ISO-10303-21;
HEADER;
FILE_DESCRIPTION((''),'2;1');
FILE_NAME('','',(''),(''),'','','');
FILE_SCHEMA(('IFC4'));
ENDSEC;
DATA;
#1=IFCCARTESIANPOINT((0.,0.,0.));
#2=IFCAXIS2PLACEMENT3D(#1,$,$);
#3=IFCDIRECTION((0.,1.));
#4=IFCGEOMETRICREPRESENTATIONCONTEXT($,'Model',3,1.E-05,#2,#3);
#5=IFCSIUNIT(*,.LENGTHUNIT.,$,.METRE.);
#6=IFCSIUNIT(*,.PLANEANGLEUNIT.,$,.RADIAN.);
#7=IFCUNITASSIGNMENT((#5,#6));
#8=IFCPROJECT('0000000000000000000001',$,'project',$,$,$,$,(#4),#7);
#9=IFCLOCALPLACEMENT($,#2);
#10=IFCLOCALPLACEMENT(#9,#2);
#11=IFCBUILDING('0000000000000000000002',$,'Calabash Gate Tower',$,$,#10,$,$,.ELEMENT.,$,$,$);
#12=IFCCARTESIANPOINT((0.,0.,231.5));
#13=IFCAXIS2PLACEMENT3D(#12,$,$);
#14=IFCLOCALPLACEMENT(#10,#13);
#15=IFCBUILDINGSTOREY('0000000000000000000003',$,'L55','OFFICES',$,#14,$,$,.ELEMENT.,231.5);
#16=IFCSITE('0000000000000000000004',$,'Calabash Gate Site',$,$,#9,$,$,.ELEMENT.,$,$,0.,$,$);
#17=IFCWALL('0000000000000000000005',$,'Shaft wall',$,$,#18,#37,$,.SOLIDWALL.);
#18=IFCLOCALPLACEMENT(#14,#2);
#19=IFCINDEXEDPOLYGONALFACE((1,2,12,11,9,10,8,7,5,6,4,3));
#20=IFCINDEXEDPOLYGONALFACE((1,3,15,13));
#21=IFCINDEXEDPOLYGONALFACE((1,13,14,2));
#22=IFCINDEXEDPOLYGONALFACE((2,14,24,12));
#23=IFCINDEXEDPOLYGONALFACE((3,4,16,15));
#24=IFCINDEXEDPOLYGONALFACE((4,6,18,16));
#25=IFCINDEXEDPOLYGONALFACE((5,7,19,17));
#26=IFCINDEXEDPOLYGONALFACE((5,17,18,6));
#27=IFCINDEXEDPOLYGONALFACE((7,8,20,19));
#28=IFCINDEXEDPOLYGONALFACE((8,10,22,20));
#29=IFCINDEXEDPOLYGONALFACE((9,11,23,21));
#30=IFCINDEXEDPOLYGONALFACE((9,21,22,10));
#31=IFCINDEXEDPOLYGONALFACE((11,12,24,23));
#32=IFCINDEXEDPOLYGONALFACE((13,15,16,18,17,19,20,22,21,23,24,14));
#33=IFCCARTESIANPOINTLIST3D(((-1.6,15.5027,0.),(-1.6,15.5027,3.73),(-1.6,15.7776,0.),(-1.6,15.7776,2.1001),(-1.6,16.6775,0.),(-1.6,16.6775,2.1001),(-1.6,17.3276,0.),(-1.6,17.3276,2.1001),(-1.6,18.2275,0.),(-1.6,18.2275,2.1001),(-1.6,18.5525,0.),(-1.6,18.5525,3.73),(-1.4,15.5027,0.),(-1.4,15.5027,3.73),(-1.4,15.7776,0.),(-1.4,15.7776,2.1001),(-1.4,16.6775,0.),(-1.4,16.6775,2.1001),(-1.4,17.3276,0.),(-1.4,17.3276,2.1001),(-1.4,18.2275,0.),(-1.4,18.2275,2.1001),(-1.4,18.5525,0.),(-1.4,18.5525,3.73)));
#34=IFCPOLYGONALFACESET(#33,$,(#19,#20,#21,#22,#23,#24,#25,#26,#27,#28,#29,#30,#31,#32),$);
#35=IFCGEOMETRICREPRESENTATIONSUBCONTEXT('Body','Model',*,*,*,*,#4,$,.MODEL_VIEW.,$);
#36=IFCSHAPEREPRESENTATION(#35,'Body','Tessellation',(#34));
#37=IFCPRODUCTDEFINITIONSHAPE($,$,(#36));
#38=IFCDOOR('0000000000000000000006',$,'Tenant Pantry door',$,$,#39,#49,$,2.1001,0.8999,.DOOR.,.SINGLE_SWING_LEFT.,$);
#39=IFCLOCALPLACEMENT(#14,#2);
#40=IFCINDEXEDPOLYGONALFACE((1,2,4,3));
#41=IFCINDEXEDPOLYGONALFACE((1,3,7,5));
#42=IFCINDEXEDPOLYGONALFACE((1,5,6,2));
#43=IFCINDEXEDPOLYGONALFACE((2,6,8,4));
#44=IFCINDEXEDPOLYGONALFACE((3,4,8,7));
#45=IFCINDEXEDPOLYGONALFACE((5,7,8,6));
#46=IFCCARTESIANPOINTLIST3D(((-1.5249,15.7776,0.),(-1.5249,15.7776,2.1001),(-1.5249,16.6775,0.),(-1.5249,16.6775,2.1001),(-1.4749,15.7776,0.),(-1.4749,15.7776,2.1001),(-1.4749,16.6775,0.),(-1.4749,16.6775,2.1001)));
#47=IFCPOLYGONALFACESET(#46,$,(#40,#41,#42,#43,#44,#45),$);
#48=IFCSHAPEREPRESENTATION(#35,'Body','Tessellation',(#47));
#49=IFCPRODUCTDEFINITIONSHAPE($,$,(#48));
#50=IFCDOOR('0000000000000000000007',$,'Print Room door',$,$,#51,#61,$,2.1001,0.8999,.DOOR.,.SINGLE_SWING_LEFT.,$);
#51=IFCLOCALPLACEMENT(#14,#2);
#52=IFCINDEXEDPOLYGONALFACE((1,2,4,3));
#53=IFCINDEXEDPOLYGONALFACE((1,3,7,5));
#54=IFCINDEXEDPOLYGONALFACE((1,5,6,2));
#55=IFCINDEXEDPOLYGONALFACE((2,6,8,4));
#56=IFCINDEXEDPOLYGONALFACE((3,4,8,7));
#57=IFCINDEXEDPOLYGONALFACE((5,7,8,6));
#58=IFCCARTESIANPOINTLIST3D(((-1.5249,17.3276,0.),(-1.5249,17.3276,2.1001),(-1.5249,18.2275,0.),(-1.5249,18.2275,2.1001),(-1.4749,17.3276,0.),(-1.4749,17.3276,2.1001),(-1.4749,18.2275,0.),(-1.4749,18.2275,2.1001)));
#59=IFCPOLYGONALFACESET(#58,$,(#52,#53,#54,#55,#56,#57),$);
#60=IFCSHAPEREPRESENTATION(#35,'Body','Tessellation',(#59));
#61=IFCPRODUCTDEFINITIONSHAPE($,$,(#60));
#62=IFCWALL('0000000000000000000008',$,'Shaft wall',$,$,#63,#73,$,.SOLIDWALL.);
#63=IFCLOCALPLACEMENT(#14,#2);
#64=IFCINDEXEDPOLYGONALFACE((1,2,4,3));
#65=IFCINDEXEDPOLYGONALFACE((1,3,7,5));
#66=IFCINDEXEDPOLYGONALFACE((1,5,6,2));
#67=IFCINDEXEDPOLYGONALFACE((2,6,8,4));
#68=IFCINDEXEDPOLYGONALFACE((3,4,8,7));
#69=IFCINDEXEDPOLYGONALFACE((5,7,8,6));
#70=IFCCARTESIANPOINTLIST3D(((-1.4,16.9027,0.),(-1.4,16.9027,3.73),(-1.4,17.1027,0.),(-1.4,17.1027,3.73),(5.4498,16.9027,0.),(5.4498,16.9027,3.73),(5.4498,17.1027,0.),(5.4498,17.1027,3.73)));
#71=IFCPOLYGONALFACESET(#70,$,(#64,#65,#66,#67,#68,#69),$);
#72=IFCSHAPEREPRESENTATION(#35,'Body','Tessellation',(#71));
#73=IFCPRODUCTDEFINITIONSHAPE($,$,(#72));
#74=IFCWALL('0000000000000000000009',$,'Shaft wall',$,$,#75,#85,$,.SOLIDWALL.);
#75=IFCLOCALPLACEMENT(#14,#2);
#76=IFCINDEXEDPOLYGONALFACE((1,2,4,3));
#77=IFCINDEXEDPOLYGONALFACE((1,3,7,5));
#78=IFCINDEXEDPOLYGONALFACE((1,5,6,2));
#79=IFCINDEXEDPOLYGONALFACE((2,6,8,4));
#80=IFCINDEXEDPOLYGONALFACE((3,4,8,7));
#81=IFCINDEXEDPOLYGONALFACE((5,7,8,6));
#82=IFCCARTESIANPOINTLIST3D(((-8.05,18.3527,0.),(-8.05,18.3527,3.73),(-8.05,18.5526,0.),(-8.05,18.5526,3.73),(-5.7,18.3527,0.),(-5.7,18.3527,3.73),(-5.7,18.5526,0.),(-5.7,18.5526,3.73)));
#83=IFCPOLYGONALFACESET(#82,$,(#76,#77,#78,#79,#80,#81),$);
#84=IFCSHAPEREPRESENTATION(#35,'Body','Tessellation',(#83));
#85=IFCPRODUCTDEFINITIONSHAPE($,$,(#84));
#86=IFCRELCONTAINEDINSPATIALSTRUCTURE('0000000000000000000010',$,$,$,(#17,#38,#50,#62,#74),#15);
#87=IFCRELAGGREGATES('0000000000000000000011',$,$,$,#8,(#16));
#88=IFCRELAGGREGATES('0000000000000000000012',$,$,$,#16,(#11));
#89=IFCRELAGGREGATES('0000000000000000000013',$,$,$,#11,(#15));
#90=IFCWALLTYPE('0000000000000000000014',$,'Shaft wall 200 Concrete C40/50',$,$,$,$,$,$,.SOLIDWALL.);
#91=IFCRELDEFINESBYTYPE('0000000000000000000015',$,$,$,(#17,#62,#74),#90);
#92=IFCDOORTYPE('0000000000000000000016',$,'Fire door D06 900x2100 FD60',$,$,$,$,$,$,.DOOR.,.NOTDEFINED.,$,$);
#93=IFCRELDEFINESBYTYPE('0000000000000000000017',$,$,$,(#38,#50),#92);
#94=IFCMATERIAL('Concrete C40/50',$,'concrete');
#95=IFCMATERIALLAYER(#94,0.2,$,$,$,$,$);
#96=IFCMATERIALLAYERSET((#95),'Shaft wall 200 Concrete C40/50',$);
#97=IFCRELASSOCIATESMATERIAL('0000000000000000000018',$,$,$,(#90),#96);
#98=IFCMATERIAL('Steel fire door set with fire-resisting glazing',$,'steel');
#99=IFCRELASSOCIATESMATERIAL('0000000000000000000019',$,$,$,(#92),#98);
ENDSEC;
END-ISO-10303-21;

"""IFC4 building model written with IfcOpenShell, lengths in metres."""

from ifc_helpers import new_model, si_unit, direction, frame, frame_2d, origin, place, context, subcontext, project, spatial, rectangle, extrude, material, layer, layer_set, type_object, element, fill, save


model = new_model("IFC4")

# Units and contexts
model_context = context("Model", 3, precision=1e-05, world=origin(), true_north=direction((0.0, 1.0)))
body_context = subcontext(model_context, "Body", "Model", "MODEL_VIEW")
ifc_project = project(units=[si_unit("LENGTHUNIT", "METRE"), si_unit("PLANEANGLEUNIT", "RADIAN")], contexts=[model_context])

# Site, building, storey
site_placement = place(None, origin())
site = spatial("IfcSite", under=ifc_project, at=site_placement, Name="Calabash Gate Site", CompositionType="ELEMENT", RefElevation=0.0)
building_placement = place(site_placement, origin())
building = spatial("IfcBuilding", under=site, at=building_placement, Name="Calabash Gate Tower", CompositionType="ELEMENT")
storey_placement = place(building_placement, frame((0.0, 0.0, 231.5)))
storey = spatial("IfcBuildingStorey", under=building, at=storey_placement, Name="L55", Description="OFFICES", CompositionType="ELEMENT", Elevation=231.5)

# Shared definitions
ifc_material_1 = material(Name="Concrete C40/50", Category="concrete")
ifc_layer = layer(ifc_material_1, 0.2)
ifc_layer_set = layer_set([ifc_layer], Name="Shaft wall 200 Concrete C40/50")
wall_type = type_object("IfcWallType", Name="Shaft wall 200 Concrete C40/50", PredefinedType="SOLIDWALL", material=ifc_layer_set)

# Shared definitions
ifc_material_2 = material(Name="Steel fire door set with fire-resisting glazing", Category="steel")
door_type_1 = type_object("IfcDoorType", Name="Fire door D06 900x2100 FD60", OperationType="NOTDEFINED", PredefinedType="DOOR", material=ifc_material_2)

# Wall, openings, doors
wall_1_placement = place(storey_placement, frame((-1.5, 15.5027, 0.0), z_axis=(0.0, 0.0, 1.0), x_axis=(0.0, 1.0, 0.0)))
wall_1 = element("IfcWall", 1, at=wall_1_placement, inside=storey, type_object=wall_type, Name="Shaft wall", PredefinedType="SOLIDWALL", context=body_context, shape_type="SweptSolid", body=[
    extrude(rectangle(XDim=3.0498, YDim=0.2, at=frame_2d((1.5249, 0.0))), origin(), (0.0, 0.0, 1.0), 3.73),
])
opening_1_placement = place(wall_1_placement, frame((0.2749, 0.0, 0.0)))
opening_1 = element("IfcOpeningElement", 2, at=opening_1_placement, cuts=wall_1, PredefinedType="OPENING", context=body_context, shape_type="SweptSolid", body=[
    extrude(rectangle(XDim=0.8999, YDim=2.1001, at=frame_2d((0.45, 1.05))), frame((0.0, 0.1099, 0.0), z_axis=(0.0, -1.0, 0.0), x_axis=(1.0, 0.0, 0.0)), (0.0, 0.0, 1.0), 0.22),
])
opening_2_placement = place(wall_1_placement, frame((1.825, 0.0, 0.0)))
opening_2 = element("IfcOpeningElement", 3, at=opening_2_placement, cuts=wall_1, PredefinedType="OPENING", context=body_context, shape_type="SweptSolid", body=[
    extrude(rectangle(XDim=0.8999, YDim=2.1001, at=frame_2d((0.45, 1.05))), frame((0.0, 0.1099, 0.0), z_axis=(0.0, -1.0, 0.0), x_axis=(1.0, 0.0, 0.0)), (0.0, 0.0, 1.0), 0.22),
])
door_1_placement = place(opening_1_placement, origin())
door_1 = element("IfcDoor", 4, at=door_1_placement, inside=storey, type_object=door_type_1, Name="Tenant Pantry door", OperationType="SINGLE_SWING_LEFT", OverallHeight=2.1001, OverallWidth=0.8999, PredefinedType="DOOR", context=body_context, shape_type="SweptSolid", body=[
    extrude(rectangle(XDim=0.8999, YDim=2.1001, at=frame_2d((0.45, 1.05))), frame((0.0, 0.0249, 0.0), z_axis=(0.0, -1.0, 0.0), x_axis=(1.0, 0.0, 0.0)), (0.0, 0.0, 1.0), 0.05),
])
fill(opening_1, door_1)
door_2_placement = place(opening_2_placement, origin())
door_2 = element("IfcDoor", 5, at=door_2_placement, inside=storey, type_object=door_type_1, Name="Print Room door", OperationType="SINGLE_SWING_LEFT", OverallHeight=2.1001, OverallWidth=0.8999, PredefinedType="DOOR", context=body_context, shape_type="SweptSolid", body=[
    extrude(rectangle(XDim=0.8999, YDim=2.1001, at=frame_2d((0.45, 1.05))), frame((0.0, 0.0249, 0.0), z_axis=(0.0, -1.0, 0.0), x_axis=(1.0, 0.0, 0.0)), (0.0, 0.0, 1.0), 0.05),
])
fill(opening_2, door_2)

# Walls
wall_2_placement = place(storey_placement, frame((-1.3999, 17.0027, 0.0), z_axis=(0.0, 0.0, 1.0), x_axis=(1.0, 0.0, 0.0)))
element("IfcWall", 6, at=wall_2_placement, inside=storey, type_object=wall_type, Name="Shaft wall", PredefinedType="SOLIDWALL", context=body_context, shape_type="SweptSolid", body=[
    extrude(rectangle(XDim=6.8499, YDim=0.2, at=frame_2d((3.4248, 0.0))), origin(), (0.0, 0.0, 1.0), 3.73),
])
wall_3_placement = place(storey_placement, frame((-8.05, 18.4526, 0.0), z_axis=(0.0, 0.0, 1.0), x_axis=(1.0, 0.0, 0.0)))
element("IfcWall", 7, at=wall_3_placement, inside=storey, type_object=wall_type, Name="Shaft wall", PredefinedType="SOLIDWALL", context=body_context, shape_type="SweptSolid", body=[
    extrude(rectangle(XDim=2.3501, YDim=0.2, at=frame_2d((1.175, 0.0))), origin(), (0.0, 0.0, 1.0), 3.73),
])

save(model, "model.ifc")
